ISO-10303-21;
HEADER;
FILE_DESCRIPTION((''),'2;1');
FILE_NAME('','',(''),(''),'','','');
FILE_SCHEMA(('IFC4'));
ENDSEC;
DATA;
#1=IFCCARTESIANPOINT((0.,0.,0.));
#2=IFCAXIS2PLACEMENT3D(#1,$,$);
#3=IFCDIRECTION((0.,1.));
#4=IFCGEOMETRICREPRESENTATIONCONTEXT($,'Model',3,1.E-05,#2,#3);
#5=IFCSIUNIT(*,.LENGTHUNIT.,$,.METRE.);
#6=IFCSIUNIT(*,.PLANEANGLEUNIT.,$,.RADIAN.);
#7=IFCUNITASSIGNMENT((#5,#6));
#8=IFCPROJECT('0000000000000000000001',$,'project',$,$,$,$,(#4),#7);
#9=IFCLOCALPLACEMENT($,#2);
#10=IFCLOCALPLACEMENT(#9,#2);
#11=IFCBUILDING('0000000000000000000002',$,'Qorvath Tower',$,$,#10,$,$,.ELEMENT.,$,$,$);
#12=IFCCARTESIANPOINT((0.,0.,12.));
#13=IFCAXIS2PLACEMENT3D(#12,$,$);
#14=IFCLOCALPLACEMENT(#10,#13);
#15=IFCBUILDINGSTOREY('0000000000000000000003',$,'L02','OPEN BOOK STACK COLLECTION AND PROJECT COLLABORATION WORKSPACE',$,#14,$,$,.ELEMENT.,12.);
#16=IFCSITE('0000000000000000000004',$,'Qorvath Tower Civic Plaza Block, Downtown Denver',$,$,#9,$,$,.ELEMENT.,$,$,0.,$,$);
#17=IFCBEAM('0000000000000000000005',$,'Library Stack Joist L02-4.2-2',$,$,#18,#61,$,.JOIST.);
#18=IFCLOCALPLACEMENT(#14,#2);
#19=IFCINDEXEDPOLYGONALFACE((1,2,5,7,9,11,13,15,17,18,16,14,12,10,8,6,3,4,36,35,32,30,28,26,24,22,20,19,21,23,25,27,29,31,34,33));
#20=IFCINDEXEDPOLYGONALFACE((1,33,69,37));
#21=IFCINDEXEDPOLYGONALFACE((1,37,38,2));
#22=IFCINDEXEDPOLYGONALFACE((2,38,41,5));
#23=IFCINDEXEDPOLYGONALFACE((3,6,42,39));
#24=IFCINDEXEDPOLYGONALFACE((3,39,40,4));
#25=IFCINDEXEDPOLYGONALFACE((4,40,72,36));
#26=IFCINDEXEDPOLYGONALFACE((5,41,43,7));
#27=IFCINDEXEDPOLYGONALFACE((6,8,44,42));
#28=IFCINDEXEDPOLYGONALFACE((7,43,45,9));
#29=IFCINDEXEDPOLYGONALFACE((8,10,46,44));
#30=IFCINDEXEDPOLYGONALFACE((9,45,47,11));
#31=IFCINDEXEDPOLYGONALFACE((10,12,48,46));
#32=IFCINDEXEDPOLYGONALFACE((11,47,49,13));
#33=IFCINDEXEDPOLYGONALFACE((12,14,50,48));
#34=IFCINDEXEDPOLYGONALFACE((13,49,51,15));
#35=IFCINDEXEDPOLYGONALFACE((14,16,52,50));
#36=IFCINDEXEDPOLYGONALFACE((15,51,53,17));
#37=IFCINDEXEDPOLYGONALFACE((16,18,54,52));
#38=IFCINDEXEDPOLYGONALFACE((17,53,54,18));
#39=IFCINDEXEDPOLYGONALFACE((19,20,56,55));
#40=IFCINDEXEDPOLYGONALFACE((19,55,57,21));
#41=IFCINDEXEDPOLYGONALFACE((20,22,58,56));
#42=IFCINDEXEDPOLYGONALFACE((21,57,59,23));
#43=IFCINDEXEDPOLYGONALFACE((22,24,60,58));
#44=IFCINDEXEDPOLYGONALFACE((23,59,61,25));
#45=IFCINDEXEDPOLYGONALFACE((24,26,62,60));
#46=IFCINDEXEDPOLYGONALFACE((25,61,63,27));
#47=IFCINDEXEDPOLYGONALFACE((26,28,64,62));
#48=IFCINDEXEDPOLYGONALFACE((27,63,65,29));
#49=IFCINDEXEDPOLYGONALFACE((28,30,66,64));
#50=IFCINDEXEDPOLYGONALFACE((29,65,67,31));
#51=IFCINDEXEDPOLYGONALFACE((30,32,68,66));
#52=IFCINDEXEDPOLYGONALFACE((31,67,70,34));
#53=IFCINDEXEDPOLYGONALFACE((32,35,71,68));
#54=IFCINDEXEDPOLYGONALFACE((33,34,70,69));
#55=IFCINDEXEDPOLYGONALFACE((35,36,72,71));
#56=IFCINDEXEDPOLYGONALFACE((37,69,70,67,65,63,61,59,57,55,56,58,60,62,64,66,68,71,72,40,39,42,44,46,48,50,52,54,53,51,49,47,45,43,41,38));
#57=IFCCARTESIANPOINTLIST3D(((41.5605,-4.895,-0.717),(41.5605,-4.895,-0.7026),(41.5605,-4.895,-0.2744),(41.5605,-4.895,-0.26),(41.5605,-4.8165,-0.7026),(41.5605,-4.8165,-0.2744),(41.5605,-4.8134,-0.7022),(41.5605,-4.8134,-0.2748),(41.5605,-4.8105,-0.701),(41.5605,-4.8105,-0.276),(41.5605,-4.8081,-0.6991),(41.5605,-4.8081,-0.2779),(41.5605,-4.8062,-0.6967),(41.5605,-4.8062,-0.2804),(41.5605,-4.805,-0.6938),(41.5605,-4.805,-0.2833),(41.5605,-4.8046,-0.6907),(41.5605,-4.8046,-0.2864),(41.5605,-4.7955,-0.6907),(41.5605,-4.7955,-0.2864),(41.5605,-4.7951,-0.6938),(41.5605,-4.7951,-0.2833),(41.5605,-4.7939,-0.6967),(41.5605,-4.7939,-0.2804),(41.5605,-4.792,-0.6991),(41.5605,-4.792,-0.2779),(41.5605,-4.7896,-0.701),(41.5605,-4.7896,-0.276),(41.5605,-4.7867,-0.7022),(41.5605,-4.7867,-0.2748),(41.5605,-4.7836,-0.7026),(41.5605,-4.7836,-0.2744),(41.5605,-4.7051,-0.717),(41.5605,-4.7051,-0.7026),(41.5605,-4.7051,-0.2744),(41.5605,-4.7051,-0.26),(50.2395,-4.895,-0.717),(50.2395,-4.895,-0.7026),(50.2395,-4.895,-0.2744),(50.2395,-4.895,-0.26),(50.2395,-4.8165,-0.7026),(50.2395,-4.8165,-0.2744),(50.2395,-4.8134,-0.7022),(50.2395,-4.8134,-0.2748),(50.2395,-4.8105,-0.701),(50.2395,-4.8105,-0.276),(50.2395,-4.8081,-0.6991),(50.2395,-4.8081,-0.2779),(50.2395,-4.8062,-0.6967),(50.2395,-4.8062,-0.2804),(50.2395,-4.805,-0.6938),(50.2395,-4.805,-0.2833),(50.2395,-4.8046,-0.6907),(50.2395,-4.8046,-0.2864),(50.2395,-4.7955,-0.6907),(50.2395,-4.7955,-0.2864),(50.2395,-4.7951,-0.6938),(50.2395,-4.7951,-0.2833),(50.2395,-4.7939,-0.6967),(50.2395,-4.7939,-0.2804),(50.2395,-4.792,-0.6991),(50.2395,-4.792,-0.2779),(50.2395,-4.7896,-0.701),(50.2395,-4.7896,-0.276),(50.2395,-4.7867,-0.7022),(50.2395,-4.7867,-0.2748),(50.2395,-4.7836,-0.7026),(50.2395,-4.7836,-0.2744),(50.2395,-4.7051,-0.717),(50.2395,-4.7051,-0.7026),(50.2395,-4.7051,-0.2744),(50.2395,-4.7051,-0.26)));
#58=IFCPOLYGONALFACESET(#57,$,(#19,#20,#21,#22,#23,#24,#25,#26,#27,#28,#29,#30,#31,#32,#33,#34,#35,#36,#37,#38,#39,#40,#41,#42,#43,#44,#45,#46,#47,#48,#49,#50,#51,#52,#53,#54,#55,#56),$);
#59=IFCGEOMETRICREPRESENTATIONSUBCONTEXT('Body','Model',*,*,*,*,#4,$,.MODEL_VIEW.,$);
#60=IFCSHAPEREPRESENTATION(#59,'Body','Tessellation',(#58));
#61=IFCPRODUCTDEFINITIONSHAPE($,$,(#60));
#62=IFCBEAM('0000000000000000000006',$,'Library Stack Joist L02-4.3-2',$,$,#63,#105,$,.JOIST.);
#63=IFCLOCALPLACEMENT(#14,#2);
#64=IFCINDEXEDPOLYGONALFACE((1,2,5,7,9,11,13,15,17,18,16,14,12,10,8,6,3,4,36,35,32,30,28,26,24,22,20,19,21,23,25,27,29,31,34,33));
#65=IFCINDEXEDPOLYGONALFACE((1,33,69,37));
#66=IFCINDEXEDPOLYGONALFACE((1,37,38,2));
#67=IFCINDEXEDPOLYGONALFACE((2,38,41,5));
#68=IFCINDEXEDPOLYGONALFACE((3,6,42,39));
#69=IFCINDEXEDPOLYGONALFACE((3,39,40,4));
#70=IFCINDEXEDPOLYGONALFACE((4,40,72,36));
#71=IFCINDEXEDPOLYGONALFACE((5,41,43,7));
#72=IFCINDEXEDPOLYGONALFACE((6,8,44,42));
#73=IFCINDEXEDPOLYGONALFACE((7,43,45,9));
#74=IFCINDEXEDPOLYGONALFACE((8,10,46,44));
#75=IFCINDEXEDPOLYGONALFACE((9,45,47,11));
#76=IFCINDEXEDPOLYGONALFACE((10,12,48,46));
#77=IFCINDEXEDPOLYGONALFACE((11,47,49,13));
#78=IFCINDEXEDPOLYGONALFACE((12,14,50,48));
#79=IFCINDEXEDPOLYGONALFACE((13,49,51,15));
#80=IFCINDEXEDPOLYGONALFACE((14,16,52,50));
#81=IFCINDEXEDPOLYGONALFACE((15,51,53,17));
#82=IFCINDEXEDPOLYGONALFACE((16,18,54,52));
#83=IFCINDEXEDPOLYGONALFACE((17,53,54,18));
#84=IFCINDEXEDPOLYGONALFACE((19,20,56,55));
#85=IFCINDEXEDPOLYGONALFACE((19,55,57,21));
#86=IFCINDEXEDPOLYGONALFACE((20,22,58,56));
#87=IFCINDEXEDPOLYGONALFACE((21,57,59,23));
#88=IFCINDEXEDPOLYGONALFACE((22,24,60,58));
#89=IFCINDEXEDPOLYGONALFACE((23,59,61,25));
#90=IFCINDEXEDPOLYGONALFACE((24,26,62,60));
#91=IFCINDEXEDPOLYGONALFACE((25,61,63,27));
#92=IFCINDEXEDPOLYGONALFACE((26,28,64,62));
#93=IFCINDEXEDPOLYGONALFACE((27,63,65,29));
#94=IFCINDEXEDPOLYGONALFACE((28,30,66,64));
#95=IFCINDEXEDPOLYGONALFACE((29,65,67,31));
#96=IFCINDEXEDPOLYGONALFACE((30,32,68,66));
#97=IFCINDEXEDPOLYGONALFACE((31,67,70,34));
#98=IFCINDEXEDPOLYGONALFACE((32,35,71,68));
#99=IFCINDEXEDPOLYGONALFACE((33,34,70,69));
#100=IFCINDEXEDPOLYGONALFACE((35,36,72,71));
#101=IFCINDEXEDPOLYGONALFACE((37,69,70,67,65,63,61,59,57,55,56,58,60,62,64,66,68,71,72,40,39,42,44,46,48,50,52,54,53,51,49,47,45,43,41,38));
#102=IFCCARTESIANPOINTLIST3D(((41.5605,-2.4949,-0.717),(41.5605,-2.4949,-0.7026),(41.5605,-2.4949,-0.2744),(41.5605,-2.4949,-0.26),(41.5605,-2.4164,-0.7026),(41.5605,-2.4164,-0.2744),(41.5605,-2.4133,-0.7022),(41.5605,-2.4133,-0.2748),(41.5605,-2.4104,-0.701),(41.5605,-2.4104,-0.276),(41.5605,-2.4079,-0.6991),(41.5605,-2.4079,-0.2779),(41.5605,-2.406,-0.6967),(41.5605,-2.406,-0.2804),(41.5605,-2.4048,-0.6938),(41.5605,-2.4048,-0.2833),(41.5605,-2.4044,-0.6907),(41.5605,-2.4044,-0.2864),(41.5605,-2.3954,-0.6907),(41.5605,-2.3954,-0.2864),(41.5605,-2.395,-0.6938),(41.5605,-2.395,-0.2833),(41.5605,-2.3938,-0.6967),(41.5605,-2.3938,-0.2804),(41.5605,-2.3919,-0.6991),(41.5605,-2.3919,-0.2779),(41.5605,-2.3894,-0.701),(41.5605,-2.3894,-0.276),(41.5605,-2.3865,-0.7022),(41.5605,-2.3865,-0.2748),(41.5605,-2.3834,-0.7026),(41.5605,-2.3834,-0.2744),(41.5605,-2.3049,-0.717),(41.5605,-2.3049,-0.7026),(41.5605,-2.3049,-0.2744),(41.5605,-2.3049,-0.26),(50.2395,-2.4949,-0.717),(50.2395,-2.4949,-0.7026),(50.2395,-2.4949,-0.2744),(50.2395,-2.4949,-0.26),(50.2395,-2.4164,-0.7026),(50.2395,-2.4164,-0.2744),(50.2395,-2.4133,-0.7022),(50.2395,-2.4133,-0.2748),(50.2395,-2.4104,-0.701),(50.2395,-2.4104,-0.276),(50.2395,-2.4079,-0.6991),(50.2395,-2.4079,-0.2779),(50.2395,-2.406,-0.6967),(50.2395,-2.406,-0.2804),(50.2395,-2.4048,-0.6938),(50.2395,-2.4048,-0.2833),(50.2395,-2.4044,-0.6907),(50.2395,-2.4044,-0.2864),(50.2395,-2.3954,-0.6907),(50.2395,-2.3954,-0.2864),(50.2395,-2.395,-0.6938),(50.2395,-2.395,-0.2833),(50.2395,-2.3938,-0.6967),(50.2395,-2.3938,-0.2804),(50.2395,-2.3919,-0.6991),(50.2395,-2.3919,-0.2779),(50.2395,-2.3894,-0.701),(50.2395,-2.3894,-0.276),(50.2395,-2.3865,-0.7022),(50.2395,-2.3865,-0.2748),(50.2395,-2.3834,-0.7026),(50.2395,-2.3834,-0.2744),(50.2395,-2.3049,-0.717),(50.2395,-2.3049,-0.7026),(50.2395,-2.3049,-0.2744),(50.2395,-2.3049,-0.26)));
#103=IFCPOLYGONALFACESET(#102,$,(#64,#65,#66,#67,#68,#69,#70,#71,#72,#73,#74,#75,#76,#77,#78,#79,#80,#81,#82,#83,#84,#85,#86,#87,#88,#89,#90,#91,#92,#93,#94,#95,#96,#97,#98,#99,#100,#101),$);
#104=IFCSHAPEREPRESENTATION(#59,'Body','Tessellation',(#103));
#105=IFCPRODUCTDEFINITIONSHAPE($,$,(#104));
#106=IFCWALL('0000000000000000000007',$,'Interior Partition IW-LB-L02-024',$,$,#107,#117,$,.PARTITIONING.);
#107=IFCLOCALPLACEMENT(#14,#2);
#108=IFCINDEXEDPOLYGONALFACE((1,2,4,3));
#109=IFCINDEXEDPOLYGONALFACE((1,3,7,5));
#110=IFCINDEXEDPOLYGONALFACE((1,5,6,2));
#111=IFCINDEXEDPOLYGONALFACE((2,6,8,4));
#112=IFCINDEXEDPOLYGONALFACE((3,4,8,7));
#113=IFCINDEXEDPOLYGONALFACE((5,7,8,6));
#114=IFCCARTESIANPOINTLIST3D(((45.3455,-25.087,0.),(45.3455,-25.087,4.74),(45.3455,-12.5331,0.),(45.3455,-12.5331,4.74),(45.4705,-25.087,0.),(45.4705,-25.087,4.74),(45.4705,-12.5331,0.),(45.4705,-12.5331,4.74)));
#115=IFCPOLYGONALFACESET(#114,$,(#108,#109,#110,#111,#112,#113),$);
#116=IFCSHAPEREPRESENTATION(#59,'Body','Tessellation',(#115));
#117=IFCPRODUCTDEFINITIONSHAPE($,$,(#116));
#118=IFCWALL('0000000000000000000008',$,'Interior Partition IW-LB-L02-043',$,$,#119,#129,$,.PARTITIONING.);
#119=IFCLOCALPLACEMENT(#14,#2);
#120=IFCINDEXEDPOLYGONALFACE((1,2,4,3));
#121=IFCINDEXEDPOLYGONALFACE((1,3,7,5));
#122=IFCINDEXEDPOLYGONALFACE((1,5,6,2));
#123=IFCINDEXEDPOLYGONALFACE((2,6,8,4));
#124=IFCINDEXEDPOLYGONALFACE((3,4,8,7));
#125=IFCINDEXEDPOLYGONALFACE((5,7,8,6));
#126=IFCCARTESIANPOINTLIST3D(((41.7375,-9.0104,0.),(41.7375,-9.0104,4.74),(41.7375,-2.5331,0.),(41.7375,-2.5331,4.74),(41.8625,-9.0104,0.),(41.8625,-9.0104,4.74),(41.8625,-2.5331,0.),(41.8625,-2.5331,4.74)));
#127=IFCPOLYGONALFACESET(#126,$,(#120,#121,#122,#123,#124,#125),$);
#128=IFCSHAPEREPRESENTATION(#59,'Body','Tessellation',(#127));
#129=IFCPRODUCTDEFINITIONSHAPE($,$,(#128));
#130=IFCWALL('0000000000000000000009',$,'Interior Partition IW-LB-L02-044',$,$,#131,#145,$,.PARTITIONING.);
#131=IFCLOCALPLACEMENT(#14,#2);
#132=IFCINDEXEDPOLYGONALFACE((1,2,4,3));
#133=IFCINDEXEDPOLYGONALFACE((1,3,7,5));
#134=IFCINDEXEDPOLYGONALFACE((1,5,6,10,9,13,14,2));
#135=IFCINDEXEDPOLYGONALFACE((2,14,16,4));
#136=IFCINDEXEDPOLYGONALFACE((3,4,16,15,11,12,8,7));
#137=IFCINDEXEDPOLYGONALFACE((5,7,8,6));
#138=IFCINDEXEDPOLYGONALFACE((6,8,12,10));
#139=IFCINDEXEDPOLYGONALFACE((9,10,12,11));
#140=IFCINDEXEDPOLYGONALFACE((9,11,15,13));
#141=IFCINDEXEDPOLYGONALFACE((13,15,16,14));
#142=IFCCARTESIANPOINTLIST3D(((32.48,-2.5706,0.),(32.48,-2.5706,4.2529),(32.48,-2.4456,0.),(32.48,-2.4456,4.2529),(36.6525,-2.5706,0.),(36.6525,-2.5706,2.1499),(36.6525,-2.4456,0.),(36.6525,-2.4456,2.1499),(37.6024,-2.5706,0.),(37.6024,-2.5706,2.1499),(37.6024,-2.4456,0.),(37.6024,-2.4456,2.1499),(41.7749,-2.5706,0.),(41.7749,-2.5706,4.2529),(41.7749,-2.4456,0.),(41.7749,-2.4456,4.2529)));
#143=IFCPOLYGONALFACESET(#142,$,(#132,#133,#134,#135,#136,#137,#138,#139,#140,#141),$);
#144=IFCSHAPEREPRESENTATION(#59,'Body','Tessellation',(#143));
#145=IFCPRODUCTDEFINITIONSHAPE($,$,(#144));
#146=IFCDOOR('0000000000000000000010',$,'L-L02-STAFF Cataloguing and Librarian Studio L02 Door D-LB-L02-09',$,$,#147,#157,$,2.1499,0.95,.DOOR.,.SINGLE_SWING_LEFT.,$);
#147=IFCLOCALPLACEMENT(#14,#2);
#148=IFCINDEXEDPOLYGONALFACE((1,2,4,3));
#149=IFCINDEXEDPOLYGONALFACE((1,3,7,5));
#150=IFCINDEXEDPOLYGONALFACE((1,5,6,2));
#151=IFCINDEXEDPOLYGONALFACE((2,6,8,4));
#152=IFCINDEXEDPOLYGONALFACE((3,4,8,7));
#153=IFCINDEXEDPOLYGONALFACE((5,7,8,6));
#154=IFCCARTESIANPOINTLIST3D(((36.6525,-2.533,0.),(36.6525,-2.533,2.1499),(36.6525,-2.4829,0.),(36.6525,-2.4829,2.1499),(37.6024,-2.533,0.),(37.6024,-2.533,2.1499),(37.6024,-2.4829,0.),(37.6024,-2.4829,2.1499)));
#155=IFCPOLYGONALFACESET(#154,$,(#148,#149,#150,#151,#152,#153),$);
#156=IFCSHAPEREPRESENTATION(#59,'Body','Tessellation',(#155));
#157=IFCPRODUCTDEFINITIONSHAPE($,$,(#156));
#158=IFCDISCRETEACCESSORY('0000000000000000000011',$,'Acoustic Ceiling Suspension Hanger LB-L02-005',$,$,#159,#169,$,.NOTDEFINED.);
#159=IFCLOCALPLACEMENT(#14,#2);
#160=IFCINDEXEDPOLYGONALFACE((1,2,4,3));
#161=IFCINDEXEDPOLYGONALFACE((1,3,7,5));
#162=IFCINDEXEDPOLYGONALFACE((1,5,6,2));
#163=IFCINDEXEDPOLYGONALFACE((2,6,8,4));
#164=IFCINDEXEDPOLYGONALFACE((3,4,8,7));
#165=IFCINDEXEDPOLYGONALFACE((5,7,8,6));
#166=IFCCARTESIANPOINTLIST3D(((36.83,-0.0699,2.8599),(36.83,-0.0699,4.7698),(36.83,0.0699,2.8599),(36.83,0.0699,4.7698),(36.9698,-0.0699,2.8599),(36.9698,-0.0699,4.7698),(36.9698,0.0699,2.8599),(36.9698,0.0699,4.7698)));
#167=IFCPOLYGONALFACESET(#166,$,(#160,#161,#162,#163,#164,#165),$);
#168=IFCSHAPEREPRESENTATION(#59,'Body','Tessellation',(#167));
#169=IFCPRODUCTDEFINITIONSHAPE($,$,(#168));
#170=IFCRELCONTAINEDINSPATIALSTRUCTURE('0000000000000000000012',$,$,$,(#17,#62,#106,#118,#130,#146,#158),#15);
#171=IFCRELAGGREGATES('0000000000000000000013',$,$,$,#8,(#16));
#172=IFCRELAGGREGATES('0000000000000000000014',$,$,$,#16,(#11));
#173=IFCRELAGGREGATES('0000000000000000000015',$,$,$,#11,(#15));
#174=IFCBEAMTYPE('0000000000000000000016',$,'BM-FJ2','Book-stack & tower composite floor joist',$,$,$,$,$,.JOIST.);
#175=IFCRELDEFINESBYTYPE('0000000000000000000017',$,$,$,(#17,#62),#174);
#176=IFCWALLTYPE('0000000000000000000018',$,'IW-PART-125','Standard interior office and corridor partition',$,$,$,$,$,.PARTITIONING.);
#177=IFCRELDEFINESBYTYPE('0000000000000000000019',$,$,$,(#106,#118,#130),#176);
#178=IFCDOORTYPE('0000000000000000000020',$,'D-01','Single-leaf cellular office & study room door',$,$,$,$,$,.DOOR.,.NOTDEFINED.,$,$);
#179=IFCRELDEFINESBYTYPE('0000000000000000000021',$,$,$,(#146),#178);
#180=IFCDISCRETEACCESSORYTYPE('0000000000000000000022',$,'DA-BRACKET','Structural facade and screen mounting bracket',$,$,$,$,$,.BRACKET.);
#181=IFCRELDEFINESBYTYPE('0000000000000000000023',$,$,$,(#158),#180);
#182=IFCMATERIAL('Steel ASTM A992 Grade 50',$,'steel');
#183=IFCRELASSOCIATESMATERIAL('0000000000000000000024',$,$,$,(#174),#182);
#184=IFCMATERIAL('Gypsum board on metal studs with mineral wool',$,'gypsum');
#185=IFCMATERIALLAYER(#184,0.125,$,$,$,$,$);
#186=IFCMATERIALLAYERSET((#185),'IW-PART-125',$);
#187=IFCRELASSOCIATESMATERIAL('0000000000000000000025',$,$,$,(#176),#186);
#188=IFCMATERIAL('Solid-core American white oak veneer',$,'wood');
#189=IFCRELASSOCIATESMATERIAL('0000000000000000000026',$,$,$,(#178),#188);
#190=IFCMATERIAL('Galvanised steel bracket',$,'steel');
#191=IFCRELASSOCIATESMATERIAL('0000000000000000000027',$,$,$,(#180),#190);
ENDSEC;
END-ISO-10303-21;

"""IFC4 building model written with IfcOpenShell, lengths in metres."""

from ifc_helpers import new_model, si_unit, direction, frame, frame_2d, origin, origin_2d, place, context, subcontext, project, spatial, rectangle, i_section, extrude, material, layer, layer_set, material_profile, profile_set, type_object, element, fill, save


model = new_model("IFC4")

# Units and contexts
model_context = context("Model", 3, precision=1e-05, world=origin(), true_north=direction((0.0, 1.0)))
body_context = subcontext(model_context, "Body", "Model", "MODEL_VIEW")
ifc_project = project(units=[si_unit("LENGTHUNIT", "METRE"), si_unit("PLANEANGLEUNIT", "RADIAN")], contexts=[model_context])

# Site, building, storey
site_placement = place(None, origin())
site = spatial("IfcSite", under=ifc_project, at=site_placement, Name="Qorvath Tower Civic Plaza Block, Downtown Denver", CompositionType="ELEMENT", RefElevation=0.0)
building_placement = place(site_placement, origin())
building = spatial("IfcBuilding", under=site, at=building_placement, Name="Qorvath Tower", CompositionType="ELEMENT")
storey_placement = place(building_placement, frame((0.0, 0.0, 12.0)))
storey = spatial("IfcBuildingStorey", under=building, at=storey_placement, Name="L02", Description="OPEN BOOK STACK COLLECTION AND PROJECT COLLABORATION WORKSPACE", CompositionType="ELEMENT", Elevation=12.0)

# Beams
ifc_material_1 = material(Name="Steel ASTM A992 Grade 50", Category="steel")
ifc_material_profile_1 = material_profile(ifc_material_1, i_section(OverallWidth=0.1899, OverallDepth=0.457, WebThickness=0.009, FlangeThickness=0.0144, FilletRadius=0.012, at=origin_2d()), Name="W18x50")
ifc_profile_set_1 = profile_set([ifc_material_profile_1], Name="Steel ASTM A992 Grade 50")
beam_type_1 = type_object("IfcBeamType", Name="BM-FJ2", Description="Book-stack & tower composite floor joist", PredefinedType="JOIST", material=ifc_profile_set_1)
for number, where, z_axis, x_axis, name in (
    (1, (41.5605, -4.8, -0.4885), (1.0, 0.0, 0.0), (0.0, 1.0, 0.0), "Library Stack Joist L02-4.2-2"),
    (2, (41.5605, -2.3999, -0.4885), (1.0, 0.0, 0.0), (0.0, 1.0, 0.0), "Library Stack Joist L02-4.3-2"),
):
    element("IfcBeam", number, at=place(storey_placement, frame(where, z_axis=z_axis, x_axis=x_axis)), inside=storey, type_object=beam_type_1, Name=name, PredefinedType="JOIST", context=body_context, shape_type="SweptSolid", body=[
        extrude(i_section(OverallWidth=0.1899, OverallDepth=0.457, WebThickness=0.009, FlangeThickness=0.0144, FilletRadius=0.012, at=origin_2d()), origin(), (0.0, 0.0, 1.0), 8.679),
    ])

# Walls
ifc_material_2 = material(Name="Gypsum board on metal studs with mineral wool", Category="gypsum")
ifc_layer = layer(ifc_material_2, 0.125)
ifc_layer_set = layer_set([ifc_layer], Name="IW-PART-125")
wall_type = type_object("IfcWallType", Name="IW-PART-125", Description="Standard interior office and corridor partition", PredefinedType="PARTITIONING", material=ifc_layer_set)
wall_1_placement = place(storey_placement, frame((45.408, -12.5332, 0.0), z_axis=(0.0, 0.0, 1.0), x_axis=(0.0, -1.0, 0.0)))
element("IfcWall", 3, at=wall_1_placement, inside=storey, type_object=wall_type, Name="Interior Partition IW-LB-L02-024", PredefinedType="PARTITIONING", context=body_context, shape_type="SweptSolid", body=[
    extrude(rectangle(XDim=12.554, YDim=0.125, at=frame_2d((6.2769, 0.0))), origin(), (0.0, 0.0, 1.0), 4.74),
])
wall_2_placement = place(storey_placement, frame((41.8, -9.0105, 0.0), z_axis=(0.0, 0.0, 1.0), x_axis=(0.0, 1.0, 0.0)))
element("IfcWall", 4, at=wall_2_placement, inside=storey, type_object=wall_type, Name="Interior Partition IW-LB-L02-043", PredefinedType="PARTITIONING", context=body_context, shape_type="SweptSolid", body=[
    extrude(rectangle(XDim=6.4773, YDim=0.125, at=frame_2d((3.2388, 0.0))), origin(), (0.0, 0.0, 1.0), 4.74),
])

# Wall, opening, door
wall_3_placement = place(storey_placement, frame((41.7749, -2.5081, 0.0), z_axis=(0.0, 0.0, 1.0), x_axis=(-1.0, 0.0, 0.0)))
wall_3 = element("IfcWall", 5, at=wall_3_placement, inside=storey, type_object=wall_type, Name="Interior Partition IW-LB-L02-044", PredefinedType="PARTITIONING", context=body_context, shape_type="SweptSolid", body=[
    extrude(rectangle(XDim=9.2949, YDim=0.125, at=frame_2d((4.6475, 0.0))), origin(), (0.0, 0.0, 1.0), 4.2529),
])
opening_placement = place(wall_3_placement, frame((4.1724, 0.0, 0.0)))
opening = element("IfcOpeningElement", 6, at=opening_placement, cuts=wall_3, PredefinedType="OPENING", context=body_context, shape_type="SweptSolid", body=[
    extrude(rectangle(XDim=0.95, YDim=2.1499, at=frame_2d((0.4751, 1.075))), frame((0.0, 0.0725, 0.0), z_axis=(0.0, -1.0, 0.0), x_axis=(1.0, 0.0, 0.0)), (0.0, 0.0, 1.0), 0.145),
])
ifc_material_3 = material(Name="Solid-core American white oak veneer", Category="wood")
door_type = type_object("IfcDoorType", Name="D-01", Description="Single-leaf cellular office & study room door", OperationType="NOTDEFINED", PredefinedType="DOOR", material=ifc_material_3)
door_placement = place(opening_placement, origin())
door = element("IfcDoor", 7, at=door_placement, inside=storey, type_object=door_type, Name="L-L02-STAFF Cataloguing and Librarian Studio L02 Door D-LB-L02-09", OperationType="SINGLE_SWING_LEFT", OverallHeight=2.1499, OverallWidth=0.95, PredefinedType="DOOR", context=body_context, shape_type="SweptSolid", body=[
    extrude(rectangle(XDim=0.95, YDim=2.1499, at=frame_2d((0.4751, 1.075))), frame((0.0, 0.0249, 0.0), z_axis=(0.0, -1.0, 0.0), x_axis=(1.0, 0.0, 0.0)), (0.0, 0.0, 1.0), 0.05),
])
fill(opening, door)

# Discrete accessory
ifc_material_4 = material(Name="Galvanised steel bracket", Category="steel")
discrete_accessory_type = type_object("IfcDiscreteAccessoryType", Name="DA-BRACKET", Description="Structural facade and screen mounting bracket", PredefinedType="BRACKET", material=ifc_material_4)
discrete_accessory_placement = place(storey_placement, frame((36.8999, 0.0, 2.8599), z_axis=(0.0, 0.0, 1.0), x_axis=(1.0, 0.0, 0.0)))
element("IfcDiscreteAccessory", 8, at=discrete_accessory_placement, inside=storey, type_object=discrete_accessory_type, Name="Acoustic Ceiling Suspension Hanger LB-L02-005", PredefinedType="NOTDEFINED", context=body_context, shape_type="SweptSolid", body=[
    extrude(rectangle(XDim=0.1399, YDim=0.1399, at=origin_2d()), origin(), (0.0, 0.0, 1.0), 1.9099),
])

save(model, "model.ifc")
